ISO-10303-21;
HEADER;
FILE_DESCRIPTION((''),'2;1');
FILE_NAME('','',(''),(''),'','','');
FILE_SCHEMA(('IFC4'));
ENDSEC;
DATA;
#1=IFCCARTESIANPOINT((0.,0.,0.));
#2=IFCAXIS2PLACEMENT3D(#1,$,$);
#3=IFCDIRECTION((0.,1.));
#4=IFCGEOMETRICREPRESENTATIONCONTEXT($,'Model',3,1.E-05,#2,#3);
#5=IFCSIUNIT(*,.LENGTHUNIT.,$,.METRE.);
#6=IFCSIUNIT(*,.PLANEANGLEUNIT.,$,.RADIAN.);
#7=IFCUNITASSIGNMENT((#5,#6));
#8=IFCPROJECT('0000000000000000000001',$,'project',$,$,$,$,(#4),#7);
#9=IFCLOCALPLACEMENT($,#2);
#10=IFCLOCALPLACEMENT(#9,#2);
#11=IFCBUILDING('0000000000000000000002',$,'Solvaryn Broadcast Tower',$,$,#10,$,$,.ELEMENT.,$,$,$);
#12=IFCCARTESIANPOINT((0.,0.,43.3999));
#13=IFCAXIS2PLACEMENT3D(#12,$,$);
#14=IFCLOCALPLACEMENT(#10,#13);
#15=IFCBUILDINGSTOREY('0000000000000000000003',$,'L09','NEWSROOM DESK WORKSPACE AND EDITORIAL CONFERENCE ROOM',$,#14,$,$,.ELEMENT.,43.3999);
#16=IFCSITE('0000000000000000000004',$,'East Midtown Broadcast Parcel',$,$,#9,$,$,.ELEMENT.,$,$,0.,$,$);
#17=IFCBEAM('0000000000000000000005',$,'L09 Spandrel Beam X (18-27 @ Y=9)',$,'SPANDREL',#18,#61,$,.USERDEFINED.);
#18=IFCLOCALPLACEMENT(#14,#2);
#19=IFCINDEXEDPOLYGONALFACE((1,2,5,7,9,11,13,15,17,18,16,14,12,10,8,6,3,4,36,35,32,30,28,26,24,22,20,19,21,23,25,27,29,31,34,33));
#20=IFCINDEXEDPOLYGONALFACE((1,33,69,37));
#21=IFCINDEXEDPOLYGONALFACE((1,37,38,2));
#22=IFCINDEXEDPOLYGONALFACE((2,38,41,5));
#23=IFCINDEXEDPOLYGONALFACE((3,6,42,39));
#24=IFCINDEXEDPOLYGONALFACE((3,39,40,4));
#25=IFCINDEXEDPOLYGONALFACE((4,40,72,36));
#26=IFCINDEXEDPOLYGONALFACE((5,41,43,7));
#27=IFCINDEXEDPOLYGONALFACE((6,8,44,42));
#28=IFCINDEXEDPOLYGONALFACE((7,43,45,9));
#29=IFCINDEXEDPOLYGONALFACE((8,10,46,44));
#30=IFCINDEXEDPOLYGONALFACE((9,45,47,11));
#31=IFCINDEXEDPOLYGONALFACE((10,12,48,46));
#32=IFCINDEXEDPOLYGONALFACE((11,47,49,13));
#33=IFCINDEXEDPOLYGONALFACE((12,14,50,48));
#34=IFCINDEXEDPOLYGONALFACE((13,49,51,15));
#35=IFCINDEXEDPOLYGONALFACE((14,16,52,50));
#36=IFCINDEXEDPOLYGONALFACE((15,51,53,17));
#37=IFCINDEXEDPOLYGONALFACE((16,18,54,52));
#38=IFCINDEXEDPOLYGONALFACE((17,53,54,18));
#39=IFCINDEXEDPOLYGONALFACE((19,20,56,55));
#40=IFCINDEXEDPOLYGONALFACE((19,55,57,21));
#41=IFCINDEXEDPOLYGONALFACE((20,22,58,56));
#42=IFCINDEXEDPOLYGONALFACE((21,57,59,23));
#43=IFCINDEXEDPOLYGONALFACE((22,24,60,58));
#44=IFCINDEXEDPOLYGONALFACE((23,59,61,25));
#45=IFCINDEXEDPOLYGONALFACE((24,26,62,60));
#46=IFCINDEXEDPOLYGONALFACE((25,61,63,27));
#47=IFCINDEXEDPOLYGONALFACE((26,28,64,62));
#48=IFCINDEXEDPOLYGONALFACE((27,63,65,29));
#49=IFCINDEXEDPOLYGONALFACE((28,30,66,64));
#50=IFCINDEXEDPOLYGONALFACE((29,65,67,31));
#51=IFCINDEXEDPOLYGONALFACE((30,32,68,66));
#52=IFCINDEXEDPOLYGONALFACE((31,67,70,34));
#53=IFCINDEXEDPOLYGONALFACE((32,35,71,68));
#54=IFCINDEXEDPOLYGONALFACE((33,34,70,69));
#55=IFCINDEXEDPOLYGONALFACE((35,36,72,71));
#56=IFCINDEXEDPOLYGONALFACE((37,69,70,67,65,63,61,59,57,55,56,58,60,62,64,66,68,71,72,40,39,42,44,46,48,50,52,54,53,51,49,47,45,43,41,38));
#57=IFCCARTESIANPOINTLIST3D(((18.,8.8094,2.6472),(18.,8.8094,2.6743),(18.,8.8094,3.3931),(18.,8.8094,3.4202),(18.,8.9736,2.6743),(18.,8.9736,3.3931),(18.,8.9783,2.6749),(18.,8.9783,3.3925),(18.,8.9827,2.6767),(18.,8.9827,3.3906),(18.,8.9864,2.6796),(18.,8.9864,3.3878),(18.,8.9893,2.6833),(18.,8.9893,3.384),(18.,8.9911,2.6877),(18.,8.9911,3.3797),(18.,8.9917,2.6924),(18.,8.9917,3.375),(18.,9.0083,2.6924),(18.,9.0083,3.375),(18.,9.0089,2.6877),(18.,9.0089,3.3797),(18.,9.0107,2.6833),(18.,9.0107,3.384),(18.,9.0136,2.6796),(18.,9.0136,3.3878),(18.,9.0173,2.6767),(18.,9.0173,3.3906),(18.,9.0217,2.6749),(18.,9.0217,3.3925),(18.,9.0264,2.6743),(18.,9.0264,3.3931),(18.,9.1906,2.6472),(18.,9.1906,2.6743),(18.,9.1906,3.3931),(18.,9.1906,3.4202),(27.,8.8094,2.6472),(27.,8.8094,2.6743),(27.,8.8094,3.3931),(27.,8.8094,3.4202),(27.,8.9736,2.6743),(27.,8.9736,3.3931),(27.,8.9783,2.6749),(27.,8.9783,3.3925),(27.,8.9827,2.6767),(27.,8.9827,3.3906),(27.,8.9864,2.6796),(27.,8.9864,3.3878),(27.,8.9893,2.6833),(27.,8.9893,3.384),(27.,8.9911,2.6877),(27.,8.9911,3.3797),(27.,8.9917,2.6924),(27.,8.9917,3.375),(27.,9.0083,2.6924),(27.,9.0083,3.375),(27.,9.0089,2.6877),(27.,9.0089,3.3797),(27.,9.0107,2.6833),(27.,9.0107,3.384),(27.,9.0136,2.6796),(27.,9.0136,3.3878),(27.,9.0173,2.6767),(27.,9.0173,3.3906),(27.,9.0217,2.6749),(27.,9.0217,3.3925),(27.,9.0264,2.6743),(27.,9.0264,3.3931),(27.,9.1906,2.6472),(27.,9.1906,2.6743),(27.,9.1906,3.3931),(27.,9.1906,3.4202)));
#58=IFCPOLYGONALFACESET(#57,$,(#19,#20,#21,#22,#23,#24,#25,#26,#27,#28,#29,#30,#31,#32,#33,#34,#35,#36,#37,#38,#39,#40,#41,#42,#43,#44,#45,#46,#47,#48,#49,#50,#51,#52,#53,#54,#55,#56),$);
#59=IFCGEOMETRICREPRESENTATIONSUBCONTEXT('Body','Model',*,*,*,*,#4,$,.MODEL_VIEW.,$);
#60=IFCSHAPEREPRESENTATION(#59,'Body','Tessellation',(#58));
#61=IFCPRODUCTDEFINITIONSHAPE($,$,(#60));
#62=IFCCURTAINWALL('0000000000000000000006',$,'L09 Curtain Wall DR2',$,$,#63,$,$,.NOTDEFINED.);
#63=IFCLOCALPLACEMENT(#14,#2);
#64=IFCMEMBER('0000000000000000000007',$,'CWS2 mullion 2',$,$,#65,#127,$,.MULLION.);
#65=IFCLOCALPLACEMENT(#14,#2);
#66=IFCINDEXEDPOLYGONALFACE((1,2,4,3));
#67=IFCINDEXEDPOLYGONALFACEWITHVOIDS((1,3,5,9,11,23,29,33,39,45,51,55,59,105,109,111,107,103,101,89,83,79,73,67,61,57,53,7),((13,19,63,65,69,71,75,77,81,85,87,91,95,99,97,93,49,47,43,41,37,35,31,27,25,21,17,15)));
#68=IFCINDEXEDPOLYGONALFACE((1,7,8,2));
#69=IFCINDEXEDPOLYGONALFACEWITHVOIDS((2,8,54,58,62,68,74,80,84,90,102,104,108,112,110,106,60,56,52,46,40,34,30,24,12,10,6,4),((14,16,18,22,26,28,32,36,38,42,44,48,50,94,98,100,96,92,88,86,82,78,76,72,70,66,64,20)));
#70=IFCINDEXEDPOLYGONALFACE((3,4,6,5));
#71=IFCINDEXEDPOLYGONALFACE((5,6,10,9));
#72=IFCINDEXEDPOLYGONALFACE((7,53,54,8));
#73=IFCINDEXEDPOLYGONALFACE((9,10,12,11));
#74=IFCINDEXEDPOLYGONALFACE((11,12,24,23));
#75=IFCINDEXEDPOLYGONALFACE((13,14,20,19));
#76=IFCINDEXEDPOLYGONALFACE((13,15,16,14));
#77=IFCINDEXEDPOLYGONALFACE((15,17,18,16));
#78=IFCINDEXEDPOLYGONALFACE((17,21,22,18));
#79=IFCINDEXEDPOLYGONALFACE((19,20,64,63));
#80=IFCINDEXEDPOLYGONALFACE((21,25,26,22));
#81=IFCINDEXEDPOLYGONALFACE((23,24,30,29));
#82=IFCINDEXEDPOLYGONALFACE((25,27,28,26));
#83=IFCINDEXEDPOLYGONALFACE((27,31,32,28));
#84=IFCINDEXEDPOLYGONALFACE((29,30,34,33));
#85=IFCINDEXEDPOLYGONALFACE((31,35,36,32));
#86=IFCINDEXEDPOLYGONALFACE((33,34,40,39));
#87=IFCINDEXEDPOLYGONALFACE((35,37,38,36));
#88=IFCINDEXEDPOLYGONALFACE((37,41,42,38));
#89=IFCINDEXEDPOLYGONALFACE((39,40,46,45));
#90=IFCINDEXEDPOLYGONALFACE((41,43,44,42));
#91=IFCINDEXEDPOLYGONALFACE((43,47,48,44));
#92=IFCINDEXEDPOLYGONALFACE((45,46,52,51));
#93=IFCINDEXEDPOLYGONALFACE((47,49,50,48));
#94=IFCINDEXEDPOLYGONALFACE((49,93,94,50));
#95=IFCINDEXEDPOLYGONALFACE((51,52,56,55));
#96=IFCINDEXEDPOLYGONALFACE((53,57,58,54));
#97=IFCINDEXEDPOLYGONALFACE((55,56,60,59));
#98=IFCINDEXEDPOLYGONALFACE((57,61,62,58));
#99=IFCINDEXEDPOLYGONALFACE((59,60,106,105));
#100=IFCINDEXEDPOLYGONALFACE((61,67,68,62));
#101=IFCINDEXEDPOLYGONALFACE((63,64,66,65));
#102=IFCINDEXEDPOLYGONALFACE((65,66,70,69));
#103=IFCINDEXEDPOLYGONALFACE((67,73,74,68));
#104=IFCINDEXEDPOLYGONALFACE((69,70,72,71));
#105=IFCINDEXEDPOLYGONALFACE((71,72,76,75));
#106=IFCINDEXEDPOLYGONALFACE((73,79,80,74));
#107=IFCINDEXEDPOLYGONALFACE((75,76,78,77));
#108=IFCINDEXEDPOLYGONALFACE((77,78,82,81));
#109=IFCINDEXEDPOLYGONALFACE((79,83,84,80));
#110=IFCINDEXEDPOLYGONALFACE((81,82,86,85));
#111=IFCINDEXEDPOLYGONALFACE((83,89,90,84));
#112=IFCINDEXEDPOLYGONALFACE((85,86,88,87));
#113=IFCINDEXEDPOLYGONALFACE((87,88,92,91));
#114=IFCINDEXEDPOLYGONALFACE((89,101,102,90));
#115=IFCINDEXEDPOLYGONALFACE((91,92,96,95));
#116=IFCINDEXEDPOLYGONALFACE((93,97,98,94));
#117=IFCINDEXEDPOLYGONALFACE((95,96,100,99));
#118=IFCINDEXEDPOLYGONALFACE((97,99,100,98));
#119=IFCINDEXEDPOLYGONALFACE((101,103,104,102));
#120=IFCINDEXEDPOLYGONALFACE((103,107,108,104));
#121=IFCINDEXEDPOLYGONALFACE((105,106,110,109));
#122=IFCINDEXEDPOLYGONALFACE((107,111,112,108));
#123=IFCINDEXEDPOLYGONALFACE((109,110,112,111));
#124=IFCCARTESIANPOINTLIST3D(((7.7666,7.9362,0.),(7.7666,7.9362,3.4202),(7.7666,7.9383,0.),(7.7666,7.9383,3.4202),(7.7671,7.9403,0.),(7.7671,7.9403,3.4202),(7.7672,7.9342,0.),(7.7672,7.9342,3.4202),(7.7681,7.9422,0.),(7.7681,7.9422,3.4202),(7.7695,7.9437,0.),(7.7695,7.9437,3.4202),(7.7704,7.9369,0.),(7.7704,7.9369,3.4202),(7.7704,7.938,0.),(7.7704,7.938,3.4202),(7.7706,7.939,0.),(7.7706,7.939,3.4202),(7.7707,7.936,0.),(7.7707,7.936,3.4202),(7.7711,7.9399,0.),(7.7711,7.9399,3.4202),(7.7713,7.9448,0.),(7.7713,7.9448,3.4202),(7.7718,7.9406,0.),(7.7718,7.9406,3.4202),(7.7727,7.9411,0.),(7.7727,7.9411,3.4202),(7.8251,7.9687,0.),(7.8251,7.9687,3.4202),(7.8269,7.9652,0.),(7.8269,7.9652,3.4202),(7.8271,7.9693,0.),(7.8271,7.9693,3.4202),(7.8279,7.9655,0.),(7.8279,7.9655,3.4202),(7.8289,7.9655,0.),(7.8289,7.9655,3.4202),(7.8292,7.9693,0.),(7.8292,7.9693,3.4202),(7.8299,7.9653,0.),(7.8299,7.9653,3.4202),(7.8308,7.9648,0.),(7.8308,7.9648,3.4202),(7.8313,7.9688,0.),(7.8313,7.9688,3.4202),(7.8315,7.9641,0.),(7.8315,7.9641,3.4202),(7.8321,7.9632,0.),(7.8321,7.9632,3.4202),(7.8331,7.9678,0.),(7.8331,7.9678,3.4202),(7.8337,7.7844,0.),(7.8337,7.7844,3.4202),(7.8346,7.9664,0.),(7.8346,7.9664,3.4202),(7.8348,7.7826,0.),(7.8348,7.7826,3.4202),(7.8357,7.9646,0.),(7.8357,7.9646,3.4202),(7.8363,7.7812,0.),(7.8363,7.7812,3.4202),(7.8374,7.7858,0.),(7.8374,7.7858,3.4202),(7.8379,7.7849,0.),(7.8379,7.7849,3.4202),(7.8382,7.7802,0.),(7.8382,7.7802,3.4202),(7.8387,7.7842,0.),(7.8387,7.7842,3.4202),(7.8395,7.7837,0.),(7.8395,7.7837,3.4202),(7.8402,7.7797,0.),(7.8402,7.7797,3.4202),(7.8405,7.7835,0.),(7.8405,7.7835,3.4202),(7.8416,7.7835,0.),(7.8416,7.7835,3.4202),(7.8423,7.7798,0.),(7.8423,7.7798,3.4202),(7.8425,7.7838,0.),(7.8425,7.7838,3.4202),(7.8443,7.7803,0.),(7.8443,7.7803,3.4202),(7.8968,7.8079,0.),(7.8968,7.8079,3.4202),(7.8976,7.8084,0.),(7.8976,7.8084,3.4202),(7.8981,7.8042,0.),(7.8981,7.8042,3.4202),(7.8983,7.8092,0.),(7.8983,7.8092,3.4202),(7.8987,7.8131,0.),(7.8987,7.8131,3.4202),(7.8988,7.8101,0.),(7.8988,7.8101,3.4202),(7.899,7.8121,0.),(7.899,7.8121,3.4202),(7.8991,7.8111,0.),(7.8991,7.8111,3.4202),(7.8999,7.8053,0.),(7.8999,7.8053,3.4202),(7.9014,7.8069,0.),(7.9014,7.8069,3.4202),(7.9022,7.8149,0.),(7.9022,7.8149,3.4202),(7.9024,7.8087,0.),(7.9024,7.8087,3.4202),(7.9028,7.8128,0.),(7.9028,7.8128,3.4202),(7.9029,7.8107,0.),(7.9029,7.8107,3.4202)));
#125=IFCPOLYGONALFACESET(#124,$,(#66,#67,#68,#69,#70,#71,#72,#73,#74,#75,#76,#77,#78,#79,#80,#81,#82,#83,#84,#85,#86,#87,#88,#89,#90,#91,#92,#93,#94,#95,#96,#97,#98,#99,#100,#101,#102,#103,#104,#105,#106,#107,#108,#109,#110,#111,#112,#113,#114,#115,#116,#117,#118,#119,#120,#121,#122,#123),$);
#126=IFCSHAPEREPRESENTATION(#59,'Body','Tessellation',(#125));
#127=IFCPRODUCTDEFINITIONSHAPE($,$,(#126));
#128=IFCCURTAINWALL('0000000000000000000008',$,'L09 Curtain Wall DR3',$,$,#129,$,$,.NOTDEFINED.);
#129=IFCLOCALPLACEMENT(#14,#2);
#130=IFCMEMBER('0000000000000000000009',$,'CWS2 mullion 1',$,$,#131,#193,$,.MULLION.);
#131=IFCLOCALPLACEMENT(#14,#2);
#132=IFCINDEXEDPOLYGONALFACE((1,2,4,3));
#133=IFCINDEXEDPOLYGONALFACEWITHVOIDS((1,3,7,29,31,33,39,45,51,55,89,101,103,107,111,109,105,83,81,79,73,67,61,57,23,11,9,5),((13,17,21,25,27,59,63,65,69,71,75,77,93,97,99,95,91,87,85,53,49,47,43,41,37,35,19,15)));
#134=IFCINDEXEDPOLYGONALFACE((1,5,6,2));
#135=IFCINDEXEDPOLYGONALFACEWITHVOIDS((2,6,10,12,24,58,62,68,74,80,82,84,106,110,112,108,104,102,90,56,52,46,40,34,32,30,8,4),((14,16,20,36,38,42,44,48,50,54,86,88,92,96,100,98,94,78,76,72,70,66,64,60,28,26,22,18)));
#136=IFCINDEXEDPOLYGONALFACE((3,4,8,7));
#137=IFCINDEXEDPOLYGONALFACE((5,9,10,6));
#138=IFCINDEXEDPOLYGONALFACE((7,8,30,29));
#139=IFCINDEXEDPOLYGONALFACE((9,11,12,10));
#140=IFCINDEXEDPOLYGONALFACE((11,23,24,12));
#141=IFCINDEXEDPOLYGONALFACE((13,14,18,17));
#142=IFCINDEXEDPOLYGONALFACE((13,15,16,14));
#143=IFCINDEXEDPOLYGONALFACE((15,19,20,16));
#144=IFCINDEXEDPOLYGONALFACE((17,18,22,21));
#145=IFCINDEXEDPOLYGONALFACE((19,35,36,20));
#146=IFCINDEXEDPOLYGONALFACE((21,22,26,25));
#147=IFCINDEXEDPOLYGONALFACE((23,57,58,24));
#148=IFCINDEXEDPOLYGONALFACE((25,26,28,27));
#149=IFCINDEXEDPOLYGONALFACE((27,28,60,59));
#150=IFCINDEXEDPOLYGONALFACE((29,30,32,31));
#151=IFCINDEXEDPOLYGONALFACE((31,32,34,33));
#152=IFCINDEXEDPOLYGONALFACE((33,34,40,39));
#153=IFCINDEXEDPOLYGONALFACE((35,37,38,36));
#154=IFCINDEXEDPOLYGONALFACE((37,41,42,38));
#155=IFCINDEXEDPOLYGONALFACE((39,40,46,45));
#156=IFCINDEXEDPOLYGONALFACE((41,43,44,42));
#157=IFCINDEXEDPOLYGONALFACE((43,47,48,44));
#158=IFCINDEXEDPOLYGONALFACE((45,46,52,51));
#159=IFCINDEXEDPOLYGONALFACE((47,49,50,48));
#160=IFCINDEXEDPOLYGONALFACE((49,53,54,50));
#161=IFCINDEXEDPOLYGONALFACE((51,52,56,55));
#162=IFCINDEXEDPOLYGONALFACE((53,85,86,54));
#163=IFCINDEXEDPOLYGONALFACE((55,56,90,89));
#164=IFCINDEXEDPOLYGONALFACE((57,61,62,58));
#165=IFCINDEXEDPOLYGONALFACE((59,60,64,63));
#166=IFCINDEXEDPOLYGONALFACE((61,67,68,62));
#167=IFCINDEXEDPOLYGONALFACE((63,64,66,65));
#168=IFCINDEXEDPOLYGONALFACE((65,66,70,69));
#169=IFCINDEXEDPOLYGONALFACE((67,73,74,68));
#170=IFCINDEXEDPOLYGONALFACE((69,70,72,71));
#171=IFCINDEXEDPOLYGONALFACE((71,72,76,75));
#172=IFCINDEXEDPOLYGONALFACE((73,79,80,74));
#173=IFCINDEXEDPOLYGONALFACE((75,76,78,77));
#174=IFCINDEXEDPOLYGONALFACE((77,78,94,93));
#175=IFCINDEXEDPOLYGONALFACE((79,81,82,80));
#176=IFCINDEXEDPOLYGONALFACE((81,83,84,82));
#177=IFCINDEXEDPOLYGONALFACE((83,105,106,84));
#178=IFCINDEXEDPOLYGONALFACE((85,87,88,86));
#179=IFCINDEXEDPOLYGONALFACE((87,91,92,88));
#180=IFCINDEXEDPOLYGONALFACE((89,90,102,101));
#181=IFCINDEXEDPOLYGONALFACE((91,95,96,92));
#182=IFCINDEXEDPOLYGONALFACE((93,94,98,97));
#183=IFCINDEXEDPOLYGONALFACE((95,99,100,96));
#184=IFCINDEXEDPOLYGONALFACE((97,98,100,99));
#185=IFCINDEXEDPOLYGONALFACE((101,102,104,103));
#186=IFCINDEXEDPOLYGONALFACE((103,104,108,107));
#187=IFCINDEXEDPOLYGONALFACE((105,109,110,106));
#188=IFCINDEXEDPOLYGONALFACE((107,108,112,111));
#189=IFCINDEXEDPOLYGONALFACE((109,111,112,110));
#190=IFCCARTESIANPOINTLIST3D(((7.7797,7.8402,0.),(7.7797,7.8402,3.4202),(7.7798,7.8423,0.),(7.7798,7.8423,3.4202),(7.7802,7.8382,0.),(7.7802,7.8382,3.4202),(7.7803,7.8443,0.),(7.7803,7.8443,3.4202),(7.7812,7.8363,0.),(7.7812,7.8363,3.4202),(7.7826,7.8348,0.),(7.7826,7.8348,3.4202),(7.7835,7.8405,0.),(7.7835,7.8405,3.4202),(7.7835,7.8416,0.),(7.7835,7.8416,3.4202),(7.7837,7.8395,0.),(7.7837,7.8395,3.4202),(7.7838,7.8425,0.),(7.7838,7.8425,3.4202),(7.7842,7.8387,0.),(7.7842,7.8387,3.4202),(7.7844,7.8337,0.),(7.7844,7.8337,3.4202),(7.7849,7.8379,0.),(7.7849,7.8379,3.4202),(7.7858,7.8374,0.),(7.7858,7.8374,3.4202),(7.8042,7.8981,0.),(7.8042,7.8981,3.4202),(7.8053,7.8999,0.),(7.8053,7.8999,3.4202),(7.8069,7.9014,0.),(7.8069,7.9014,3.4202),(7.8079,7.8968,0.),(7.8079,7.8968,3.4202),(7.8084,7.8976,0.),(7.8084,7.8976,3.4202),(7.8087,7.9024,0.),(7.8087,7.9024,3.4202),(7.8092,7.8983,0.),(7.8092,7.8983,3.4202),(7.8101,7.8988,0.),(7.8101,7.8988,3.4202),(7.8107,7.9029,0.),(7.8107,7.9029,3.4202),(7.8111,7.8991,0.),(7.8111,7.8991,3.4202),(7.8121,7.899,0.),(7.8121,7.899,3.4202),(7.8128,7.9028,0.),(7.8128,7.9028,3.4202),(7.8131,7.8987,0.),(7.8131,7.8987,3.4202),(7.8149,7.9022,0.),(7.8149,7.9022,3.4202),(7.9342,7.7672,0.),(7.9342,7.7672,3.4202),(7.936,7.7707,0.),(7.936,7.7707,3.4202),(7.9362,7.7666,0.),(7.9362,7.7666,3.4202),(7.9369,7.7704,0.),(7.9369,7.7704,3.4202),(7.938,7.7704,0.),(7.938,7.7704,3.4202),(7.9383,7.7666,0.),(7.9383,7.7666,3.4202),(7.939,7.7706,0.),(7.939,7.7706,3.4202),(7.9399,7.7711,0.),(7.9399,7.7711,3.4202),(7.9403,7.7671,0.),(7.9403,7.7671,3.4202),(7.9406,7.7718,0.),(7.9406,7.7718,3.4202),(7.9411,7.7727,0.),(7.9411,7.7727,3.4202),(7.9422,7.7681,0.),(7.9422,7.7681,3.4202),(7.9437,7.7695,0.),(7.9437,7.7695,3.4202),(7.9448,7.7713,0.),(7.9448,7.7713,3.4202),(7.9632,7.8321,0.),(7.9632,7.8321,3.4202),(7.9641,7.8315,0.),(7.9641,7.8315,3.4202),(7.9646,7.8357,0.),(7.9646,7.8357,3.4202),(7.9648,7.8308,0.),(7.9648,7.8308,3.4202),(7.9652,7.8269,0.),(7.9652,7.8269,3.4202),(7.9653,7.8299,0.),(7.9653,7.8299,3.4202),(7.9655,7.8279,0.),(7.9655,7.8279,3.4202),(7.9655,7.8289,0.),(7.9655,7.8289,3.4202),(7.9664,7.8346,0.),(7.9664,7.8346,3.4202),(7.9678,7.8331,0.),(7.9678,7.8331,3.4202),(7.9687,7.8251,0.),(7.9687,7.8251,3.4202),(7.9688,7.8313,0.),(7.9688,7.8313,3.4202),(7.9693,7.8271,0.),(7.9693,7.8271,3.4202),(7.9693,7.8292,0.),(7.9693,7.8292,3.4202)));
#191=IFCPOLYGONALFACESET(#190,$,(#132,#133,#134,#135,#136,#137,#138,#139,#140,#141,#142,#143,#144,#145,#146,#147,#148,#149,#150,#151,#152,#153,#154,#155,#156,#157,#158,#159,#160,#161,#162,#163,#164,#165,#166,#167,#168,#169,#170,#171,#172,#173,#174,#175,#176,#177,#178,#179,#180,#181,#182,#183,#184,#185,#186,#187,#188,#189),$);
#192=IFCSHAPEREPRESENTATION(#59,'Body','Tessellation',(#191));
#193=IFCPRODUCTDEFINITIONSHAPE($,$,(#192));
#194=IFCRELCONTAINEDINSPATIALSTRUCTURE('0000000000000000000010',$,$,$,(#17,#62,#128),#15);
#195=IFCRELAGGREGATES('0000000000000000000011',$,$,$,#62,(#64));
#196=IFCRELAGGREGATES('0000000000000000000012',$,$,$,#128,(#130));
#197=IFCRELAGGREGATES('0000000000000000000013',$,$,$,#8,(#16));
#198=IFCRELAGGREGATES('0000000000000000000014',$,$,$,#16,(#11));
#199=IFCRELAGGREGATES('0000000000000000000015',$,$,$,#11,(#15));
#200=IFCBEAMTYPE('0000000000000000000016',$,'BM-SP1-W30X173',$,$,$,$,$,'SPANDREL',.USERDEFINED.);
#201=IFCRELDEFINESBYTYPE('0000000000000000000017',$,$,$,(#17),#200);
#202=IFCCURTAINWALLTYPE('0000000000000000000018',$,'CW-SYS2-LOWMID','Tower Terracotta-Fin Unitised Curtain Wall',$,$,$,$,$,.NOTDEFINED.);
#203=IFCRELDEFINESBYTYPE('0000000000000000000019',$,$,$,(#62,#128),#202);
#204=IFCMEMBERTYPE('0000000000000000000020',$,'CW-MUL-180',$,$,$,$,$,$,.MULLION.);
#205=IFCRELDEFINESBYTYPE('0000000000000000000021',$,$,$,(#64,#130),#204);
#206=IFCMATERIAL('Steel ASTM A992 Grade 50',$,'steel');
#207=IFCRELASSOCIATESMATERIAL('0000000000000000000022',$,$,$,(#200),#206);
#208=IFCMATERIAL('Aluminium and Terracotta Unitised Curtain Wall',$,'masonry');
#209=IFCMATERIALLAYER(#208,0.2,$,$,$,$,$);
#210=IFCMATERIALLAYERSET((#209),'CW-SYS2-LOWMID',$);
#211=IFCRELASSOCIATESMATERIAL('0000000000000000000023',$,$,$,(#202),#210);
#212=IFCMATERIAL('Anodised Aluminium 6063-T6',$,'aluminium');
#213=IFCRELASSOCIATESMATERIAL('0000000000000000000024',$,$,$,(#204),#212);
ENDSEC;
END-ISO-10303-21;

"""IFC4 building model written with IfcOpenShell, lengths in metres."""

from ifc_helpers import new_model, si_unit, direction, frame, origin, origin_2d, place, context, subcontext, project, spatial, hollow_rectangle, i_section, extrude, material, layer, layer_set, material_profile, profile_set, type_object, element, aggregate, save


model = new_model("IFC4")

# Units and contexts
model_context = context("Model", 3, precision=1e-05, world=origin(), true_north=direction((0.0, 1.0)))
body_context = subcontext(model_context, "Body", "Model", "MODEL_VIEW")
ifc_project = project(units=[si_unit("LENGTHUNIT", "METRE"), si_unit("PLANEANGLEUNIT", "RADIAN")], contexts=[model_context])

# Site, building, storey
site_placement = place(None, origin())
site = spatial("IfcSite", under=ifc_project, at=site_placement, Name="East Midtown Broadcast Parcel", CompositionType="ELEMENT", RefElevation=0.0)
building_placement = place(site_placement, origin())
building = spatial("IfcBuilding", under=site, at=building_placement, Name="Solvaryn Broadcast Tower", CompositionType="ELEMENT")
storey_placement = place(building_placement, frame((0.0, 0.0, 43.3999)))
storey = spatial("IfcBuildingStorey", under=building, at=storey_placement, Name="L09", Description="NEWSROOM DESK WORKSPACE AND EDITORIAL CONFERENCE ROOM", CompositionType="ELEMENT", Elevation=43.3999)

# Beam
ifc_material_1 = material(Name="Steel ASTM A992 Grade 50", Category="steel")
ifc_material_profile_1 = material_profile(ifc_material_1, i_section(OverallWidth=0.3811, OverallDepth=0.7729, WebThickness=0.0166, FlangeThickness=0.0271, FilletRadius=0.0181, at=origin_2d()))
ifc_profile_set_1 = profile_set([ifc_material_profile_1], Name="Steel ASTM A992 Grade 50")
beam_type_1 = type_object("IfcBeamType", Name="BM-SP1-W30X173", ElementType="SPANDREL", PredefinedType="USERDEFINED", material=ifc_profile_set_1)
beam_1_placement = place(storey_placement, frame((18.0, 9.0, 3.0337), z_axis=(1.0, 0.0, 0.0), x_axis=(0.0, 1.0, 0.0)))
element("IfcBeam", 1, at=beam_1_placement, inside=storey, type_object=beam_type_1, Name="L09 Spandrel Beam X (18-27 @ Y=9)", ObjectType="SPANDREL", PredefinedType="USERDEFINED", context=body_context, shape_type="SweptSolid", body=[
    extrude(i_section(OverallWidth=0.3811, OverallDepth=0.7729, WebThickness=0.0166, FlangeThickness=0.0271, FilletRadius=0.0181, at=origin_2d()), origin(), (0.0, 0.0, 1.0), 9.0),
])

# Curtain wall, member
ifc_material_2 = material(Name="Aluminium and Terracotta Unitised Curtain Wall", Category="masonry")
ifc_layer_1 = layer(ifc_material_2, 0.2)
ifc_layer_set_1 = layer_set([ifc_layer_1], Name="CW-SYS2-LOWMID")
curtain_wall_type = type_object("IfcCurtainWallType", Name="CW-SYS2-LOWMID", Description="Tower Terracotta-Fin Unitised Curtain Wall", PredefinedType="NOTDEFINED", material=ifc_layer_set_1)
curtain_wall_1_placement = place(storey_placement, origin())
curtain_wall_1 = element("IfcCurtainWall", 2, at=curtain_wall_1_placement, inside=storey, type_object=curtain_wall_type, Name="L09 Curtain Wall DR2", PredefinedType="NOTDEFINED")
ifc_material_3 = material(Name="Anodised Aluminium 6063-T6", Category="aluminium")
ifc_material_profile_2 = material_profile(ifc_material_3, hollow_rectangle(XDim=0.075, YDim=0.1799, WallThickness=0.0039, InnerFilletRadius=0.0039, OuterFilletRadius=0.0081, at=origin_2d()))
ifc_profile_set_2 = profile_set([ifc_material_profile_2], Name="Anodised Aluminium 6063-T6")
member_type_1 = type_object("IfcMemberType", Name="CW-MUL-180", PredefinedType="MULLION", material=ifc_profile_set_2)
member_1_placement = place(storey_placement, frame((7.8347, 7.8745, 0.0), z_axis=(0.0, 0.0, 1.0), x_axis=(0.913918, 0.405898, 0.0)))
member_1 = element("IfcMember", 3, at=member_1_placement, type_object=member_type_1, Name="CWS2 mullion 2", PredefinedType="MULLION", context=body_context, shape_type="SweptSolid", body=[
    extrude(hollow_rectangle(XDim=0.075, YDim=0.1799, WallThickness=0.0039, InnerFilletRadius=0.0039, OuterFilletRadius=0.0081, at=origin_2d()), origin(), (0.0, 0.0, 1.0), 3.4202),
])
aggregate(curtain_wall_1, [member_1])

# Curtain wall, member
curtain_wall_2_placement = place(storey_placement, origin())
curtain_wall_2 = element("IfcCurtainWall", 4, at=curtain_wall_2_placement, inside=storey, type_object=curtain_wall_type, Name="L09 Curtain Wall DR3", PredefinedType="NOTDEFINED")
member_2_placement = place(storey_placement, frame((7.8745, 7.8347, 0.0), z_axis=(0.0, 0.0, 1.0), x_axis=(0.405898, 0.913918, 0.0)))
member_2 = element("IfcMember", 5, at=member_2_placement, type_object=member_type_1, Name="CWS2 mullion 1", PredefinedType="MULLION", context=body_context, shape_type="SweptSolid", body=[
    extrude(hollow_rectangle(XDim=0.075, YDim=0.1799, WallThickness=0.0039, InnerFilletRadius=0.0039, OuterFilletRadius=0.0081, at=origin_2d()), origin(), (0.0, 0.0, 1.0), 3.4202),
])
aggregate(curtain_wall_2, [member_2])

save(model, "model.ifc")
